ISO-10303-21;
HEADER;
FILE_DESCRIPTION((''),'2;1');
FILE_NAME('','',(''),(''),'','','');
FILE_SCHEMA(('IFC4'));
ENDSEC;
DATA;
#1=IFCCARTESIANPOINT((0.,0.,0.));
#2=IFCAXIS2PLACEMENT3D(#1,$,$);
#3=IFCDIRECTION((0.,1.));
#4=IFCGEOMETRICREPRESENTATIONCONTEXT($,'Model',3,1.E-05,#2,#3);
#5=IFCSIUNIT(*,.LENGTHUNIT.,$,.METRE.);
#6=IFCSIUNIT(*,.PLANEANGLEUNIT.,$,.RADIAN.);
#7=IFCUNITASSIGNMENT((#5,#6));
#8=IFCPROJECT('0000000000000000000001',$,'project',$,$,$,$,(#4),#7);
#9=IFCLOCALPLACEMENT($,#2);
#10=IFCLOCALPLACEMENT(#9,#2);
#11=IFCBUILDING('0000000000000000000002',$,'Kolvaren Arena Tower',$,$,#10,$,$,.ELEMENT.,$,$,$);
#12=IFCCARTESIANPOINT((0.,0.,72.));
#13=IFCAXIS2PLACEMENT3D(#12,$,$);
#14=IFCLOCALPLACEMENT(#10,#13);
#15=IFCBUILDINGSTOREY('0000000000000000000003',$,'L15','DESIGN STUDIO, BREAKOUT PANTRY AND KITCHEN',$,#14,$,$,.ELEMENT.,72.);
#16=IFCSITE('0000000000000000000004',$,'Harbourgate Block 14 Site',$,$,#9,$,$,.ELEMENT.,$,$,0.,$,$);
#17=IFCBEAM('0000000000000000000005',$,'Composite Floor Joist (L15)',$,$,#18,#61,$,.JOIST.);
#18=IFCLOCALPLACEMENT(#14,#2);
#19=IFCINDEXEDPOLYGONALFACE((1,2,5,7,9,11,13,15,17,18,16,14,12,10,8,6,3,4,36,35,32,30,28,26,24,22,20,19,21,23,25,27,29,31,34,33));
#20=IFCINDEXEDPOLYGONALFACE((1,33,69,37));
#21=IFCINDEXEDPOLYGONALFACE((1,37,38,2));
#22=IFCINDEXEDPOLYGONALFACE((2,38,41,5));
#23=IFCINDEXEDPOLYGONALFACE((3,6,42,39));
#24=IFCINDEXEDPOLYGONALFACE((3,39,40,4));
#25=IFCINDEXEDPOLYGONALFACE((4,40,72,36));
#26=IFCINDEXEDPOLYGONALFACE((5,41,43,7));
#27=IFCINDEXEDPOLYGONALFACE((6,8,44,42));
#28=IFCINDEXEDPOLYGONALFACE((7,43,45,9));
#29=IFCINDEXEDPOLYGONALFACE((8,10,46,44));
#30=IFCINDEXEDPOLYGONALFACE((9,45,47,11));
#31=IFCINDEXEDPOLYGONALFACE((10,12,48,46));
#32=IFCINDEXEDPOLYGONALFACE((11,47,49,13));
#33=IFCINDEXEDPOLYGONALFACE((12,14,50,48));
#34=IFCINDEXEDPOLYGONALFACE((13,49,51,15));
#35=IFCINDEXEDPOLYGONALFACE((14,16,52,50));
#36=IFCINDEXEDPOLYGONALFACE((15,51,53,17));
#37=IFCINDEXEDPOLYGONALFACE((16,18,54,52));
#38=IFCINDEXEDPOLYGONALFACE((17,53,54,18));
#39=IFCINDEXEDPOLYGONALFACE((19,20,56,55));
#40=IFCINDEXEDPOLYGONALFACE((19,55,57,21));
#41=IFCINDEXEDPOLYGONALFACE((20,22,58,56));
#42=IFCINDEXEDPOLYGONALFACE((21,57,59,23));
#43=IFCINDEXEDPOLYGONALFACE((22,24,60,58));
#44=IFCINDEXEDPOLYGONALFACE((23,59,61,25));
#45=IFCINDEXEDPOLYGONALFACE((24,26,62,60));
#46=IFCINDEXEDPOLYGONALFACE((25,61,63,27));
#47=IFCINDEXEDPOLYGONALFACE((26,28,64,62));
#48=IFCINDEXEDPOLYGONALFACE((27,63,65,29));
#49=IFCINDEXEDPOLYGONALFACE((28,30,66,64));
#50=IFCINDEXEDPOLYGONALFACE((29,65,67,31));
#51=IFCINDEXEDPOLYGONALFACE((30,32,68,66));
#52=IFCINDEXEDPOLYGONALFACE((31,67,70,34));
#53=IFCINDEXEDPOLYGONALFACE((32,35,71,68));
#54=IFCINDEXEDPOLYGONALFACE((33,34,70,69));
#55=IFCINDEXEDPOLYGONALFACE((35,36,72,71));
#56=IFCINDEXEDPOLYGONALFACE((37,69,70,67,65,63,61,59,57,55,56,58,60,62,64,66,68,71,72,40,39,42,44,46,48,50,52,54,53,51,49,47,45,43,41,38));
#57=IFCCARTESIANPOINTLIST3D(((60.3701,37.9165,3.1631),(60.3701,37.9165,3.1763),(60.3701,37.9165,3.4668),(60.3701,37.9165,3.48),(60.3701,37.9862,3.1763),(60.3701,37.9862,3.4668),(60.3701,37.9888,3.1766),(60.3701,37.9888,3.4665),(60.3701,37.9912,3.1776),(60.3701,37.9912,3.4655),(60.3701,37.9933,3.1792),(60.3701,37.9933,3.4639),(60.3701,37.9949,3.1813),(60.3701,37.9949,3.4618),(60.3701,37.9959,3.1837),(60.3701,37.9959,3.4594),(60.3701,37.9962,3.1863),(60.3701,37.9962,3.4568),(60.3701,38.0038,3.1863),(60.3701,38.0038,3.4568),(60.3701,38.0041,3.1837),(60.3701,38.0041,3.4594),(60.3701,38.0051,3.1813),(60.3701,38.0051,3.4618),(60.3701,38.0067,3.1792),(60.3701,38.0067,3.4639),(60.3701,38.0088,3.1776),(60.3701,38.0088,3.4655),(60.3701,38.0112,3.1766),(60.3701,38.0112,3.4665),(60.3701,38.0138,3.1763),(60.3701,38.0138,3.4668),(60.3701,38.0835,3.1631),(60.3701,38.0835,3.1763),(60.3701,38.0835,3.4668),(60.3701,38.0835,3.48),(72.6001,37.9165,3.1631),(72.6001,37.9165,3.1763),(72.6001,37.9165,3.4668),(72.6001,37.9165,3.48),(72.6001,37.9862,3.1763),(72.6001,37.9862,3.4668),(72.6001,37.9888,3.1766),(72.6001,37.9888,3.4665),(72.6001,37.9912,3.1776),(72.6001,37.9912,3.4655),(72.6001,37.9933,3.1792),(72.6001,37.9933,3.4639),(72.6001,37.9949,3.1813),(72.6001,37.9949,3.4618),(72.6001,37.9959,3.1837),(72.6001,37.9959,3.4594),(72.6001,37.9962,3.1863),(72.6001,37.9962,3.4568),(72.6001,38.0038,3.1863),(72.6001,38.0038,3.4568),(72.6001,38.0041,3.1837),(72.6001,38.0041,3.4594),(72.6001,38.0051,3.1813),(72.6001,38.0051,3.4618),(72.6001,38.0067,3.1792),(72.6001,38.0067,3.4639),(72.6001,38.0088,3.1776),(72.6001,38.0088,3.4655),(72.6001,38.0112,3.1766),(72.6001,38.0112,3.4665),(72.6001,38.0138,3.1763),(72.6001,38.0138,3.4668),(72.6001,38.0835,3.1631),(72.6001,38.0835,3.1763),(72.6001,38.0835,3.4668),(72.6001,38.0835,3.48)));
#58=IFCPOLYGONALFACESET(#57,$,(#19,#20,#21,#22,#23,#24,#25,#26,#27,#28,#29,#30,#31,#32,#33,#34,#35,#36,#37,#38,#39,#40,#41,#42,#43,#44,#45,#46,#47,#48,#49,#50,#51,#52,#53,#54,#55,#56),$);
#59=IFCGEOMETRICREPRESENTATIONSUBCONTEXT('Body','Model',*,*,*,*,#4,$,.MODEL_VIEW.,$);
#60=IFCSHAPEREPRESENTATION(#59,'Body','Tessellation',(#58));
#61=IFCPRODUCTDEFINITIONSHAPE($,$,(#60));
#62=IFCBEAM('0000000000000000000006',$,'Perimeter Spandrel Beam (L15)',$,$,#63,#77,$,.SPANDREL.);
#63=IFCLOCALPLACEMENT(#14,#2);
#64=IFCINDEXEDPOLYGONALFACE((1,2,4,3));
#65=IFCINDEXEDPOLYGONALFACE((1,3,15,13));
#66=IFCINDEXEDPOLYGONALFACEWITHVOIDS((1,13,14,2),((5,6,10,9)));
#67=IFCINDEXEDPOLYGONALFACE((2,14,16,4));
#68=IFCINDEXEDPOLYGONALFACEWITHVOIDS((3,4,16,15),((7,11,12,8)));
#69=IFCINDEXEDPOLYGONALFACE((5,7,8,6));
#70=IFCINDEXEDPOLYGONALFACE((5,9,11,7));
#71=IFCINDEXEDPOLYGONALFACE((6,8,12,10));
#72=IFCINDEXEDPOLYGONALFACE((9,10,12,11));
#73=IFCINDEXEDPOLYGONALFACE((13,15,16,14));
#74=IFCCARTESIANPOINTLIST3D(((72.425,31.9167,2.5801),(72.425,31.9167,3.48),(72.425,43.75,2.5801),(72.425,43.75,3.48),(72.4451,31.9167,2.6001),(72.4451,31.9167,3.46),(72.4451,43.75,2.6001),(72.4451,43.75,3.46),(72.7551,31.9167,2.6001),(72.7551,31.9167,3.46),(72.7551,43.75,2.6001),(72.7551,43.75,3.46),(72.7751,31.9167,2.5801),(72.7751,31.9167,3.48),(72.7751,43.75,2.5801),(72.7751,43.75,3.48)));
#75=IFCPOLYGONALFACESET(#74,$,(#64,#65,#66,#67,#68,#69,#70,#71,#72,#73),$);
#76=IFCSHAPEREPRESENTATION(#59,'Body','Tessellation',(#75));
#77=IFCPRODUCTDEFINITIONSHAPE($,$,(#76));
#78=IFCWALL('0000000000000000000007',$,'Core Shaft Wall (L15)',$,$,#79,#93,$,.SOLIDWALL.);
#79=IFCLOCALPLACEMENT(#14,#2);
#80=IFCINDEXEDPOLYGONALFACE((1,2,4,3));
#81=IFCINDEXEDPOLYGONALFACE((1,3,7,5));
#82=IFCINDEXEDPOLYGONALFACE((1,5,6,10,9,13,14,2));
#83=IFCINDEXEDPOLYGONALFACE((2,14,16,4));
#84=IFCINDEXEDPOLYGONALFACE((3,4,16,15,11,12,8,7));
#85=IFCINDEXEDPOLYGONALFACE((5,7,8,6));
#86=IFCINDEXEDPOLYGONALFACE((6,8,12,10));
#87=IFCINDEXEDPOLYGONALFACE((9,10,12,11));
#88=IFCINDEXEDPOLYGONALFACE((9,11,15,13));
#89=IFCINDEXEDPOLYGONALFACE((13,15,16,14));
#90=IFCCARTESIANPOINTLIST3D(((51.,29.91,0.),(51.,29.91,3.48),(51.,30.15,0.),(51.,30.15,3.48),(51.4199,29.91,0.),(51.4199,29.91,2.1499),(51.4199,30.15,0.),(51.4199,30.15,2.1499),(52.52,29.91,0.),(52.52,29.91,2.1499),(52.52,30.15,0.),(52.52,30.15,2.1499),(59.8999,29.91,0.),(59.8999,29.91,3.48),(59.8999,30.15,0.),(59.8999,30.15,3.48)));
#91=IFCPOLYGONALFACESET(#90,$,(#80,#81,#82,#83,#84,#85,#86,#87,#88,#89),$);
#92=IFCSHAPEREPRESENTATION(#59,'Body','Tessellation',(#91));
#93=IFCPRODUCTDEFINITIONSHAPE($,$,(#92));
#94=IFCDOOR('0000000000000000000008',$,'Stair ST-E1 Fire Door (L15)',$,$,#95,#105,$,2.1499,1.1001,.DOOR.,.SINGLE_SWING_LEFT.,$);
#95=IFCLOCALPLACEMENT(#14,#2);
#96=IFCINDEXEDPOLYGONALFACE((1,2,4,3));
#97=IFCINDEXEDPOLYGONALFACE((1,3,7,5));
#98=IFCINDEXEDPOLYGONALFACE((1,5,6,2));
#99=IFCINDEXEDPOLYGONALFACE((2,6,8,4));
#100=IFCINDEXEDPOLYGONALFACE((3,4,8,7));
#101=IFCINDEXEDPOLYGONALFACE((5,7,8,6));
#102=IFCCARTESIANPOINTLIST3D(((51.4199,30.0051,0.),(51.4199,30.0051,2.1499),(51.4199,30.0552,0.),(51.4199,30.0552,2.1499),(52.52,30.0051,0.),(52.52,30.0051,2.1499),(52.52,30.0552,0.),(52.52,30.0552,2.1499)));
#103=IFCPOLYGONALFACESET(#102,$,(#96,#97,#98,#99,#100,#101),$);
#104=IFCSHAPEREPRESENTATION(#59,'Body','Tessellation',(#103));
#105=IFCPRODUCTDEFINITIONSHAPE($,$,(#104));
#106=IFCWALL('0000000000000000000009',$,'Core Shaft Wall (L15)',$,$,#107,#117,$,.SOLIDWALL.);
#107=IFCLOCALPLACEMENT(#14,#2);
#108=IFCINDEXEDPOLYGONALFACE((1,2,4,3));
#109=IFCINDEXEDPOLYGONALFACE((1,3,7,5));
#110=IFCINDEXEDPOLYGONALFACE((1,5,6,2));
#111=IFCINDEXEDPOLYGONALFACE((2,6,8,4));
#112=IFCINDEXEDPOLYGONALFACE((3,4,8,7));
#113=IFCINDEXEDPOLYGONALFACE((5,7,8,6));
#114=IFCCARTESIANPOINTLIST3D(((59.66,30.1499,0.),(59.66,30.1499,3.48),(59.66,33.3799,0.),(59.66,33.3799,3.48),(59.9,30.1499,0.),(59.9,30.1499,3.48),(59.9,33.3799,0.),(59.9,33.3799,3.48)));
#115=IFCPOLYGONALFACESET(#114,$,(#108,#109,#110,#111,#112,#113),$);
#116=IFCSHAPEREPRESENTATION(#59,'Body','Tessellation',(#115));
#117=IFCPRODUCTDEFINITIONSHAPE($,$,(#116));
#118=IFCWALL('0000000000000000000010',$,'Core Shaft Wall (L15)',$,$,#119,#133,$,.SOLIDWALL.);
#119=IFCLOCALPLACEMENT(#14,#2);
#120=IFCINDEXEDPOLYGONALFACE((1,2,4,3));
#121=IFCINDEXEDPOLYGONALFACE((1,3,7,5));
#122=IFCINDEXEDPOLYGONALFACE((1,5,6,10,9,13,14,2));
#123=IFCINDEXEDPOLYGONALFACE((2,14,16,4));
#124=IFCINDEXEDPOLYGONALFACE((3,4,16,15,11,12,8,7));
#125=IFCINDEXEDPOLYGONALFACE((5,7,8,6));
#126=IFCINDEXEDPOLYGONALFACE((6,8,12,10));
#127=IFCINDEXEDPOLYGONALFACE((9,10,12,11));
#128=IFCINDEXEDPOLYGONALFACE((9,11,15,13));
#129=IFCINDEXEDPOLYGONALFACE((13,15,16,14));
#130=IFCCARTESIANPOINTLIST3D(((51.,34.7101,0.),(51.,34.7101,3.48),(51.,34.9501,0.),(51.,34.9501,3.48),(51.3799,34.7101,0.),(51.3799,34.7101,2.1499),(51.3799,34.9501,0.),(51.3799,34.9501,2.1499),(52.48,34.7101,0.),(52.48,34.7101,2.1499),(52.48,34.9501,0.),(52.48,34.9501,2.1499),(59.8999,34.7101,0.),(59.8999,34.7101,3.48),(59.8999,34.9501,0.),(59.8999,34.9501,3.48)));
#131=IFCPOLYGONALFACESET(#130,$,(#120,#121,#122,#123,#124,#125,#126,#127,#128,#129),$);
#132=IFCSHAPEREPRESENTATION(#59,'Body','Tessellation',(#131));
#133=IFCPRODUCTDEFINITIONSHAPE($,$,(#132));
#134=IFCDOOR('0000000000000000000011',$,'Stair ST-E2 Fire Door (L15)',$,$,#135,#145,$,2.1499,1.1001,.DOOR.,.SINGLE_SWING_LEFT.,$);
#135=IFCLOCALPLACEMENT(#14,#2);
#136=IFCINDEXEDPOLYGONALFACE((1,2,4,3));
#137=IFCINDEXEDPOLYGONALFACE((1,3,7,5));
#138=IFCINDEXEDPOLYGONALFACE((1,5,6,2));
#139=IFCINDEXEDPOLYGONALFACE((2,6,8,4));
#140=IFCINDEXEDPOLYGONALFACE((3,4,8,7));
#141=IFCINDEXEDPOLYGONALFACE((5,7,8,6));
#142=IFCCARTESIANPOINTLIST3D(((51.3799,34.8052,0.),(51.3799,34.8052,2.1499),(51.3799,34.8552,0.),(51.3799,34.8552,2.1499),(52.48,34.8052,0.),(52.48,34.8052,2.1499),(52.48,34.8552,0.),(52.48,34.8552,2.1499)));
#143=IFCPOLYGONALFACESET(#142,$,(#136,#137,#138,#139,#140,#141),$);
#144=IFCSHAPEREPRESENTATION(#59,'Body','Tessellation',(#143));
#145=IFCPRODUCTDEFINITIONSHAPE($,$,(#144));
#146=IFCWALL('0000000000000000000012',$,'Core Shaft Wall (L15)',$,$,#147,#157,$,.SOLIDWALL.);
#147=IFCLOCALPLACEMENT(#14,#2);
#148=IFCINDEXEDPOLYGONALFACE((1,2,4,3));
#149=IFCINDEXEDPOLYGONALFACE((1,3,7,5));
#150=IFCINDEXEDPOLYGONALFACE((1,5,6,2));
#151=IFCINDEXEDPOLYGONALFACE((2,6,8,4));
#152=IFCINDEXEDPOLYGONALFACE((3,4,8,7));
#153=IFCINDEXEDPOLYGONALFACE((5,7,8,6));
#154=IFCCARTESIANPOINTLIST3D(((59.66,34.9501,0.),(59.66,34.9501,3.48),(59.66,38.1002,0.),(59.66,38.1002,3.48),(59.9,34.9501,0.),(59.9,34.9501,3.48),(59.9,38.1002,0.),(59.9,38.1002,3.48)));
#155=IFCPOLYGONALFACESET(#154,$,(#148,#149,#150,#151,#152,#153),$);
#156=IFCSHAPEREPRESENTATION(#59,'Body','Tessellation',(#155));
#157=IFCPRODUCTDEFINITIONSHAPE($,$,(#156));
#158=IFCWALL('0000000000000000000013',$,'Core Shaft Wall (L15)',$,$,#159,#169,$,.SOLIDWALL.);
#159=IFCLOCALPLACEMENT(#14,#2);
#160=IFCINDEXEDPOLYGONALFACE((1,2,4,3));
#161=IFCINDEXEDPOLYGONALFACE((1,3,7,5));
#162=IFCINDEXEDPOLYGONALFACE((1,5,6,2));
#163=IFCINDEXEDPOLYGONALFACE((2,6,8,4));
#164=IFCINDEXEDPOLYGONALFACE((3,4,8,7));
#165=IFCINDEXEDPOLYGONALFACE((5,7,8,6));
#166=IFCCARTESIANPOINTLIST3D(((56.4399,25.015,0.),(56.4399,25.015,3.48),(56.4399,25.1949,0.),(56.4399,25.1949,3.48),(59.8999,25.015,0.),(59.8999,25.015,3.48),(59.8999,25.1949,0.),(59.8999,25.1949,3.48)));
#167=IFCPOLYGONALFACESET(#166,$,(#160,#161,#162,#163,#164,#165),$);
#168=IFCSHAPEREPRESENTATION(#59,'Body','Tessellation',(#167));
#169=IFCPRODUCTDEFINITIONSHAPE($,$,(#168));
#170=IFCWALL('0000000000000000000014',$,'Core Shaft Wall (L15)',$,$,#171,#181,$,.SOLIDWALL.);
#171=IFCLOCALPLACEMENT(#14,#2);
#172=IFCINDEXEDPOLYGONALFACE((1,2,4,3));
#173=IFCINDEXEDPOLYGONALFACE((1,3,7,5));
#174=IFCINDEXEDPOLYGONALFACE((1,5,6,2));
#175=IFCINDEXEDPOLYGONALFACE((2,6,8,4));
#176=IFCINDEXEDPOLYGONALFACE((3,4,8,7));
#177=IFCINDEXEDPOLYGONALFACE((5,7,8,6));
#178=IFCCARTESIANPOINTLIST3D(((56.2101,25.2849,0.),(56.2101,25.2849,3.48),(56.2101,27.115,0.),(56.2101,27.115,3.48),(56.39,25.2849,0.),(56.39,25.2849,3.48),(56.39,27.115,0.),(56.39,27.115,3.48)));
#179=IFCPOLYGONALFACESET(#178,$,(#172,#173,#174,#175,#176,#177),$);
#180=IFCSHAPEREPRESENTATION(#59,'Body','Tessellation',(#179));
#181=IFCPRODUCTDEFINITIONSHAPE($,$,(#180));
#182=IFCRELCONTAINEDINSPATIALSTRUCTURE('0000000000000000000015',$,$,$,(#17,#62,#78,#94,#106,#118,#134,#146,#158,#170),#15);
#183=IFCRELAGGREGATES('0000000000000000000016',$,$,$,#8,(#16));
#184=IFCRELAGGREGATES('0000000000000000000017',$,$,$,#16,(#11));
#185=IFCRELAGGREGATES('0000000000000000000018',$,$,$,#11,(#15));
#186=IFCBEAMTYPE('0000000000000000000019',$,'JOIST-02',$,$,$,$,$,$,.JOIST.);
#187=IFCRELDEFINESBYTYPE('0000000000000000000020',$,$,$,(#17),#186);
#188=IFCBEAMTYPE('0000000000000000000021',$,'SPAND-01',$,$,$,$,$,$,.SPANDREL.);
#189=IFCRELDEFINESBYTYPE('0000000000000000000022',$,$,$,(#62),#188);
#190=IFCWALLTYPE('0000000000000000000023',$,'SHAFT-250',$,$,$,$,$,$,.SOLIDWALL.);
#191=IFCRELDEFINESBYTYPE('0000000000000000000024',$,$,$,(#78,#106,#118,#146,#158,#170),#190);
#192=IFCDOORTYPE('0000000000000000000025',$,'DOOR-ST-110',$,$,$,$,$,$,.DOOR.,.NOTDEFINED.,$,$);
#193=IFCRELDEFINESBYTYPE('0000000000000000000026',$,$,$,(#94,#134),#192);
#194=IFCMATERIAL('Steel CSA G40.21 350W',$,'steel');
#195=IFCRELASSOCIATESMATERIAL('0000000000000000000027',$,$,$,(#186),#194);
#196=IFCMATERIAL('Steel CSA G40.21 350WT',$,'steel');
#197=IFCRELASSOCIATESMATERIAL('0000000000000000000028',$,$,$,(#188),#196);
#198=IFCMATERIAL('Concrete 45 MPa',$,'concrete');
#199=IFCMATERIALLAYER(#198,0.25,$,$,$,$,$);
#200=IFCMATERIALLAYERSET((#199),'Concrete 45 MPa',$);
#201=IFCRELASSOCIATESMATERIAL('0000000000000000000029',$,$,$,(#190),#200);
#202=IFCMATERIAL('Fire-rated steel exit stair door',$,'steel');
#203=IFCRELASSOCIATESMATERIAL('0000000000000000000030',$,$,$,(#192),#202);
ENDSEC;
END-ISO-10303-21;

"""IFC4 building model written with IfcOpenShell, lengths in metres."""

from ifc_helpers import new_model, si_unit, direction, frame, frame_2d, origin, origin_2d, place, context, subcontext, project, spatial, rectangle, hollow_rectangle, i_section, extrude, material, layer, layer_set, material_profile, profile_set, type_object, element, fill, save


model = new_model("IFC4")

# Units and contexts
model_context = context("Model", 3, precision=1e-05, world=origin(), true_north=direction((0.0, 1.0)))
body_context = subcontext(model_context, "Body", "Model", "MODEL_VIEW")
ifc_project = project(units=[si_unit("LENGTHUNIT", "METRE"), si_unit("PLANEANGLEUNIT", "RADIAN")], contexts=[model_context])

# Site, building, storey
site_placement = place(None, origin())
site = spatial("IfcSite", under=ifc_project, at=site_placement, Name="Harbourgate Block 14 Site", CompositionType="ELEMENT", RefElevation=0.0)
building_placement = place(site_placement, origin())
building = spatial("IfcBuilding", under=site, at=building_placement, Name="Kolvaren Arena Tower", CompositionType="ELEMENT")
storey_placement = place(building_placement, frame((0.0, 0.0, 72.0)))
storey = spatial("IfcBuildingStorey", under=building, at=storey_placement, Name="L15", Description="DESIGN STUDIO, BREAKOUT PANTRY AND KITCHEN", CompositionType="ELEMENT", Elevation=72.0)

# Beams
ifc_material_1 = material(Name="Steel CSA G40.21 350W", Category="steel")
ifc_material_profile_1 = material_profile(ifc_material_1, i_section(OverallWidth=0.167, OverallDepth=0.3169, WebThickness=0.0076, FlangeThickness=0.0132, FilletRadius=0.01, at=origin_2d()), Name="W310x52")
ifc_profile_set_1 = profile_set([ifc_material_profile_1], Name="Steel CSA G40.21 350W")
beam_type_1 = type_object("IfcBeamType", Name="JOIST-02", PredefinedType="JOIST", material=ifc_profile_set_1)
for number, where, z_axis, x_axis, name in (
    (1, (60.3701, 38.0, 3.3215), (1.0, 0.0, 0.0), (0.0, 1.0, 0.0), "Composite Floor Joist (L15)"),
):
    element("IfcBeam", number, at=place(storey_placement, frame(where, z_axis=z_axis, x_axis=x_axis)), inside=storey, type_object=beam_type_1, Name=name, PredefinedType="JOIST", context=body_context, shape_type="SweptSolid", body=[
        extrude(i_section(OverallWidth=0.167, OverallDepth=0.3169, WebThickness=0.0076, FlangeThickness=0.0132, FilletRadius=0.01, at=origin_2d()), origin(), (0.0, 0.0, 1.0), 12.23),
    ])
ifc_material_2 = material(Name="Steel CSA G40.21 350WT", Category="steel")
ifc_material_profile_2 = material_profile(ifc_material_2, hollow_rectangle(XDim=0.3501, YDim=0.8999, WallThickness=0.02, at=origin_2d()), Name="HSS 900x350x20")
ifc_profile_set_2 = profile_set([ifc_material_profile_2], Name="Steel CSA G40.21 350WT")
beam_type_2 = type_object("IfcBeamType", Name="SPAND-01", PredefinedType="SPANDREL", material=ifc_profile_set_2)
beam_1_placement = place(storey_placement, frame((72.6001, 31.9167, 3.03), z_axis=(0.0, 1.0, 0.0), x_axis=(-1.0, 0.0, 0.0)))
element("IfcBeam", 2, at=beam_1_placement, inside=storey, type_object=beam_type_2, Name="Perimeter Spandrel Beam (L15)", PredefinedType="SPANDREL", context=body_context, shape_type="SweptSolid", body=[
    extrude(hollow_rectangle(XDim=0.3501, YDim=0.8999, WallThickness=0.02, at=origin_2d()), origin(), (0.0, 0.0, 1.0), 11.8333),
])

# Wall, opening, door
ifc_material_3 = material(Name="Concrete 45 MPa", Category="concrete")
ifc_layer = layer(ifc_material_3, 0.25)
ifc_layer_set = layer_set([ifc_layer], Name="Concrete 45 MPa")
wall_type = type_object("IfcWallType", Name="SHAFT-250", PredefinedType="SOLIDWALL", material=ifc_layer_set)
wall_1_placement = place(storey_placement, frame((59.8999, 30.03, 0.0), z_axis=(0.0, 0.0, 1.0), x_axis=(-1.0, 0.0, 0.0)))
wall_1 = element("IfcWall", 3, at=wall_1_placement, inside=storey, type_object=wall_type, Name="Core Shaft Wall (L15)", PredefinedType="SOLIDWALL", context=body_context, shape_type="SweptSolid", body=[
    extrude(rectangle(XDim=8.8999, YDim=0.24, at=frame_2d((4.45, 0.0))), origin(), (0.0, 0.0, 1.0), 3.48),
])
opening_1_placement = place(wall_1_placement, frame((7.3799, 0.0, 0.0)))
opening_1 = element("IfcOpeningElement", 4, at=opening_1_placement, cuts=wall_1, PredefinedType="OPENING", context=body_context, shape_type="SweptSolid", body=[
    extrude(rectangle(XDim=1.1001, YDim=2.1499, at=frame_2d((0.55, 1.075))), frame((0.0, 0.1299, 0.0), z_axis=(0.0, -1.0, 0.0), x_axis=(1.0, 0.0, 0.0)), (0.0, 0.0, 1.0), 0.26),
])
ifc_material_4 = material(Name="Fire-rated steel exit stair door", Category="steel")
door_type = type_object("IfcDoorType", Name="DOOR-ST-110", OperationType="NOTDEFINED", PredefinedType="DOOR", material=ifc_material_4)
door_1_placement = place(opening_1_placement, origin())
door_1 = element("IfcDoor", 5, at=door_1_placement, inside=storey, type_object=door_type, Name="Stair ST-E1 Fire Door (L15)", OperationType="SINGLE_SWING_LEFT", OverallHeight=2.1499, OverallWidth=1.1001, PredefinedType="DOOR", context=body_context, shape_type="SweptSolid", body=[
    extrude(rectangle(XDim=1.1001, YDim=2.1499, at=frame_2d((0.55, 1.075))), frame((0.0, 0.0249, 0.0), z_axis=(0.0, -1.0, 0.0), x_axis=(1.0, 0.0, 0.0)), (0.0, 0.0, 1.0), 0.05),
])
fill(opening_1, door_1)

# Wall
wall_2_placement = place(storey_placement, frame((59.78, 30.1499, 0.0), z_axis=(0.0, 0.0, 1.0), x_axis=(0.0, 1.0, 0.0)))
element("IfcWall", 6, at=wall_2_placement, inside=storey, type_object=wall_type, Name="Core Shaft Wall (L15)", PredefinedType="SOLIDWALL", context=body_context, shape_type="SweptSolid", body=[
    extrude(rectangle(XDim=3.23, YDim=0.24, at=frame_2d((1.615, 0.0))), origin(), (0.0, 0.0, 1.0), 3.48),
])

# Wall, opening, door
wall_3_placement = place(storey_placement, frame((59.8999, 34.8301, 0.0), z_axis=(0.0, 0.0, 1.0), x_axis=(-1.0, 0.0, 0.0)))
wall_3 = element("IfcWall", 7, at=wall_3_placement, inside=storey, type_object=wall_type, Name="Core Shaft Wall (L15)", PredefinedType="SOLIDWALL", context=body_context, shape_type="SweptSolid", body=[
    extrude(rectangle(XDim=8.8999, YDim=0.24, at=frame_2d((4.45, 0.0))), origin(), (0.0, 0.0, 1.0), 3.48),
])
opening_2_placement = place(wall_3_placement, frame((7.4199, 0.0, 0.0)))
opening_2 = element("IfcOpeningElement", 8, at=opening_2_placement, cuts=wall_3, PredefinedType="OPENING", context=body_context, shape_type="SweptSolid", body=[
    extrude(rectangle(XDim=1.1001, YDim=2.1499, at=frame_2d((0.55, 1.075))), frame((0.0, 0.1299, 0.0), z_axis=(0.0, -1.0, 0.0), x_axis=(1.0, 0.0, 0.0)), (0.0, 0.0, 1.0), 0.26),
])
door_2_placement = place(opening_2_placement, origin())
door_2 = element("IfcDoor", 9, at=door_2_placement, inside=storey, type_object=door_type, Name="Stair ST-E2 Fire Door (L15)", OperationType="SINGLE_SWING_LEFT", OverallHeight=2.1499, OverallWidth=1.1001, PredefinedType="DOOR", context=body_context, shape_type="SweptSolid", body=[
    extrude(rectangle(XDim=1.1001, YDim=2.1499, at=frame_2d((0.55, 1.075))), frame((0.0, 0.0249, 0.0), z_axis=(0.0, -1.0, 0.0), x_axis=(1.0, 0.0, 0.0)), (0.0, 0.0, 1.0), 0.05),
])
fill(opening_2, door_2)

# Walls
wall_4_placement = place(storey_placement, frame((59.78, 34.95, 0.0), z_axis=(0.0, 0.0, 1.0), x_axis=(0.0, 1.0, 0.0)))
element("IfcWall", 10, at=wall_4_placement, inside=storey, type_object=wall_type, Name="Core Shaft Wall (L15)", PredefinedType="SOLIDWALL", context=body_context, shape_type="SweptSolid", body=[
    extrude(rectangle(XDim=3.1501, YDim=0.24, at=frame_2d((1.5752, 0.0))), origin(), (0.0, 0.0, 1.0), 3.48),
])
wall_5_placement = place(storey_placement, frame((56.4399, 25.105, 0.0), z_axis=(0.0, 0.0, 1.0), x_axis=(1.0, 0.0, 0.0)))
element("IfcWall", 11, at=wall_5_placement, inside=storey, type_object=wall_type, Name="Core Shaft Wall (L15)", PredefinedType="SOLIDWALL", context=body_context, shape_type="SweptSolid", body=[
    extrude(rectangle(XDim=3.46, YDim=0.1799, at=frame_2d((1.73, 0.0))), origin(), (0.0, 0.0, 1.0), 3.48),
])
wall_6_placement = place(storey_placement, frame((56.3, 25.2849, 0.0), z_axis=(0.0, 0.0, 1.0), x_axis=(0.0, 1.0, 0.0)))
element("IfcWall", 12, at=wall_6_placement, inside=storey, type_object=wall_type, Name="Core Shaft Wall (L15)", PredefinedType="SOLIDWALL", context=body_context, shape_type="SweptSolid", body=[
    extrude(rectangle(XDim=1.8301, YDim=0.1799, at=frame_2d((0.915, 0.0))), origin(), (0.0, 0.0, 1.0), 3.48),
])

save(model, "model.ifc")
